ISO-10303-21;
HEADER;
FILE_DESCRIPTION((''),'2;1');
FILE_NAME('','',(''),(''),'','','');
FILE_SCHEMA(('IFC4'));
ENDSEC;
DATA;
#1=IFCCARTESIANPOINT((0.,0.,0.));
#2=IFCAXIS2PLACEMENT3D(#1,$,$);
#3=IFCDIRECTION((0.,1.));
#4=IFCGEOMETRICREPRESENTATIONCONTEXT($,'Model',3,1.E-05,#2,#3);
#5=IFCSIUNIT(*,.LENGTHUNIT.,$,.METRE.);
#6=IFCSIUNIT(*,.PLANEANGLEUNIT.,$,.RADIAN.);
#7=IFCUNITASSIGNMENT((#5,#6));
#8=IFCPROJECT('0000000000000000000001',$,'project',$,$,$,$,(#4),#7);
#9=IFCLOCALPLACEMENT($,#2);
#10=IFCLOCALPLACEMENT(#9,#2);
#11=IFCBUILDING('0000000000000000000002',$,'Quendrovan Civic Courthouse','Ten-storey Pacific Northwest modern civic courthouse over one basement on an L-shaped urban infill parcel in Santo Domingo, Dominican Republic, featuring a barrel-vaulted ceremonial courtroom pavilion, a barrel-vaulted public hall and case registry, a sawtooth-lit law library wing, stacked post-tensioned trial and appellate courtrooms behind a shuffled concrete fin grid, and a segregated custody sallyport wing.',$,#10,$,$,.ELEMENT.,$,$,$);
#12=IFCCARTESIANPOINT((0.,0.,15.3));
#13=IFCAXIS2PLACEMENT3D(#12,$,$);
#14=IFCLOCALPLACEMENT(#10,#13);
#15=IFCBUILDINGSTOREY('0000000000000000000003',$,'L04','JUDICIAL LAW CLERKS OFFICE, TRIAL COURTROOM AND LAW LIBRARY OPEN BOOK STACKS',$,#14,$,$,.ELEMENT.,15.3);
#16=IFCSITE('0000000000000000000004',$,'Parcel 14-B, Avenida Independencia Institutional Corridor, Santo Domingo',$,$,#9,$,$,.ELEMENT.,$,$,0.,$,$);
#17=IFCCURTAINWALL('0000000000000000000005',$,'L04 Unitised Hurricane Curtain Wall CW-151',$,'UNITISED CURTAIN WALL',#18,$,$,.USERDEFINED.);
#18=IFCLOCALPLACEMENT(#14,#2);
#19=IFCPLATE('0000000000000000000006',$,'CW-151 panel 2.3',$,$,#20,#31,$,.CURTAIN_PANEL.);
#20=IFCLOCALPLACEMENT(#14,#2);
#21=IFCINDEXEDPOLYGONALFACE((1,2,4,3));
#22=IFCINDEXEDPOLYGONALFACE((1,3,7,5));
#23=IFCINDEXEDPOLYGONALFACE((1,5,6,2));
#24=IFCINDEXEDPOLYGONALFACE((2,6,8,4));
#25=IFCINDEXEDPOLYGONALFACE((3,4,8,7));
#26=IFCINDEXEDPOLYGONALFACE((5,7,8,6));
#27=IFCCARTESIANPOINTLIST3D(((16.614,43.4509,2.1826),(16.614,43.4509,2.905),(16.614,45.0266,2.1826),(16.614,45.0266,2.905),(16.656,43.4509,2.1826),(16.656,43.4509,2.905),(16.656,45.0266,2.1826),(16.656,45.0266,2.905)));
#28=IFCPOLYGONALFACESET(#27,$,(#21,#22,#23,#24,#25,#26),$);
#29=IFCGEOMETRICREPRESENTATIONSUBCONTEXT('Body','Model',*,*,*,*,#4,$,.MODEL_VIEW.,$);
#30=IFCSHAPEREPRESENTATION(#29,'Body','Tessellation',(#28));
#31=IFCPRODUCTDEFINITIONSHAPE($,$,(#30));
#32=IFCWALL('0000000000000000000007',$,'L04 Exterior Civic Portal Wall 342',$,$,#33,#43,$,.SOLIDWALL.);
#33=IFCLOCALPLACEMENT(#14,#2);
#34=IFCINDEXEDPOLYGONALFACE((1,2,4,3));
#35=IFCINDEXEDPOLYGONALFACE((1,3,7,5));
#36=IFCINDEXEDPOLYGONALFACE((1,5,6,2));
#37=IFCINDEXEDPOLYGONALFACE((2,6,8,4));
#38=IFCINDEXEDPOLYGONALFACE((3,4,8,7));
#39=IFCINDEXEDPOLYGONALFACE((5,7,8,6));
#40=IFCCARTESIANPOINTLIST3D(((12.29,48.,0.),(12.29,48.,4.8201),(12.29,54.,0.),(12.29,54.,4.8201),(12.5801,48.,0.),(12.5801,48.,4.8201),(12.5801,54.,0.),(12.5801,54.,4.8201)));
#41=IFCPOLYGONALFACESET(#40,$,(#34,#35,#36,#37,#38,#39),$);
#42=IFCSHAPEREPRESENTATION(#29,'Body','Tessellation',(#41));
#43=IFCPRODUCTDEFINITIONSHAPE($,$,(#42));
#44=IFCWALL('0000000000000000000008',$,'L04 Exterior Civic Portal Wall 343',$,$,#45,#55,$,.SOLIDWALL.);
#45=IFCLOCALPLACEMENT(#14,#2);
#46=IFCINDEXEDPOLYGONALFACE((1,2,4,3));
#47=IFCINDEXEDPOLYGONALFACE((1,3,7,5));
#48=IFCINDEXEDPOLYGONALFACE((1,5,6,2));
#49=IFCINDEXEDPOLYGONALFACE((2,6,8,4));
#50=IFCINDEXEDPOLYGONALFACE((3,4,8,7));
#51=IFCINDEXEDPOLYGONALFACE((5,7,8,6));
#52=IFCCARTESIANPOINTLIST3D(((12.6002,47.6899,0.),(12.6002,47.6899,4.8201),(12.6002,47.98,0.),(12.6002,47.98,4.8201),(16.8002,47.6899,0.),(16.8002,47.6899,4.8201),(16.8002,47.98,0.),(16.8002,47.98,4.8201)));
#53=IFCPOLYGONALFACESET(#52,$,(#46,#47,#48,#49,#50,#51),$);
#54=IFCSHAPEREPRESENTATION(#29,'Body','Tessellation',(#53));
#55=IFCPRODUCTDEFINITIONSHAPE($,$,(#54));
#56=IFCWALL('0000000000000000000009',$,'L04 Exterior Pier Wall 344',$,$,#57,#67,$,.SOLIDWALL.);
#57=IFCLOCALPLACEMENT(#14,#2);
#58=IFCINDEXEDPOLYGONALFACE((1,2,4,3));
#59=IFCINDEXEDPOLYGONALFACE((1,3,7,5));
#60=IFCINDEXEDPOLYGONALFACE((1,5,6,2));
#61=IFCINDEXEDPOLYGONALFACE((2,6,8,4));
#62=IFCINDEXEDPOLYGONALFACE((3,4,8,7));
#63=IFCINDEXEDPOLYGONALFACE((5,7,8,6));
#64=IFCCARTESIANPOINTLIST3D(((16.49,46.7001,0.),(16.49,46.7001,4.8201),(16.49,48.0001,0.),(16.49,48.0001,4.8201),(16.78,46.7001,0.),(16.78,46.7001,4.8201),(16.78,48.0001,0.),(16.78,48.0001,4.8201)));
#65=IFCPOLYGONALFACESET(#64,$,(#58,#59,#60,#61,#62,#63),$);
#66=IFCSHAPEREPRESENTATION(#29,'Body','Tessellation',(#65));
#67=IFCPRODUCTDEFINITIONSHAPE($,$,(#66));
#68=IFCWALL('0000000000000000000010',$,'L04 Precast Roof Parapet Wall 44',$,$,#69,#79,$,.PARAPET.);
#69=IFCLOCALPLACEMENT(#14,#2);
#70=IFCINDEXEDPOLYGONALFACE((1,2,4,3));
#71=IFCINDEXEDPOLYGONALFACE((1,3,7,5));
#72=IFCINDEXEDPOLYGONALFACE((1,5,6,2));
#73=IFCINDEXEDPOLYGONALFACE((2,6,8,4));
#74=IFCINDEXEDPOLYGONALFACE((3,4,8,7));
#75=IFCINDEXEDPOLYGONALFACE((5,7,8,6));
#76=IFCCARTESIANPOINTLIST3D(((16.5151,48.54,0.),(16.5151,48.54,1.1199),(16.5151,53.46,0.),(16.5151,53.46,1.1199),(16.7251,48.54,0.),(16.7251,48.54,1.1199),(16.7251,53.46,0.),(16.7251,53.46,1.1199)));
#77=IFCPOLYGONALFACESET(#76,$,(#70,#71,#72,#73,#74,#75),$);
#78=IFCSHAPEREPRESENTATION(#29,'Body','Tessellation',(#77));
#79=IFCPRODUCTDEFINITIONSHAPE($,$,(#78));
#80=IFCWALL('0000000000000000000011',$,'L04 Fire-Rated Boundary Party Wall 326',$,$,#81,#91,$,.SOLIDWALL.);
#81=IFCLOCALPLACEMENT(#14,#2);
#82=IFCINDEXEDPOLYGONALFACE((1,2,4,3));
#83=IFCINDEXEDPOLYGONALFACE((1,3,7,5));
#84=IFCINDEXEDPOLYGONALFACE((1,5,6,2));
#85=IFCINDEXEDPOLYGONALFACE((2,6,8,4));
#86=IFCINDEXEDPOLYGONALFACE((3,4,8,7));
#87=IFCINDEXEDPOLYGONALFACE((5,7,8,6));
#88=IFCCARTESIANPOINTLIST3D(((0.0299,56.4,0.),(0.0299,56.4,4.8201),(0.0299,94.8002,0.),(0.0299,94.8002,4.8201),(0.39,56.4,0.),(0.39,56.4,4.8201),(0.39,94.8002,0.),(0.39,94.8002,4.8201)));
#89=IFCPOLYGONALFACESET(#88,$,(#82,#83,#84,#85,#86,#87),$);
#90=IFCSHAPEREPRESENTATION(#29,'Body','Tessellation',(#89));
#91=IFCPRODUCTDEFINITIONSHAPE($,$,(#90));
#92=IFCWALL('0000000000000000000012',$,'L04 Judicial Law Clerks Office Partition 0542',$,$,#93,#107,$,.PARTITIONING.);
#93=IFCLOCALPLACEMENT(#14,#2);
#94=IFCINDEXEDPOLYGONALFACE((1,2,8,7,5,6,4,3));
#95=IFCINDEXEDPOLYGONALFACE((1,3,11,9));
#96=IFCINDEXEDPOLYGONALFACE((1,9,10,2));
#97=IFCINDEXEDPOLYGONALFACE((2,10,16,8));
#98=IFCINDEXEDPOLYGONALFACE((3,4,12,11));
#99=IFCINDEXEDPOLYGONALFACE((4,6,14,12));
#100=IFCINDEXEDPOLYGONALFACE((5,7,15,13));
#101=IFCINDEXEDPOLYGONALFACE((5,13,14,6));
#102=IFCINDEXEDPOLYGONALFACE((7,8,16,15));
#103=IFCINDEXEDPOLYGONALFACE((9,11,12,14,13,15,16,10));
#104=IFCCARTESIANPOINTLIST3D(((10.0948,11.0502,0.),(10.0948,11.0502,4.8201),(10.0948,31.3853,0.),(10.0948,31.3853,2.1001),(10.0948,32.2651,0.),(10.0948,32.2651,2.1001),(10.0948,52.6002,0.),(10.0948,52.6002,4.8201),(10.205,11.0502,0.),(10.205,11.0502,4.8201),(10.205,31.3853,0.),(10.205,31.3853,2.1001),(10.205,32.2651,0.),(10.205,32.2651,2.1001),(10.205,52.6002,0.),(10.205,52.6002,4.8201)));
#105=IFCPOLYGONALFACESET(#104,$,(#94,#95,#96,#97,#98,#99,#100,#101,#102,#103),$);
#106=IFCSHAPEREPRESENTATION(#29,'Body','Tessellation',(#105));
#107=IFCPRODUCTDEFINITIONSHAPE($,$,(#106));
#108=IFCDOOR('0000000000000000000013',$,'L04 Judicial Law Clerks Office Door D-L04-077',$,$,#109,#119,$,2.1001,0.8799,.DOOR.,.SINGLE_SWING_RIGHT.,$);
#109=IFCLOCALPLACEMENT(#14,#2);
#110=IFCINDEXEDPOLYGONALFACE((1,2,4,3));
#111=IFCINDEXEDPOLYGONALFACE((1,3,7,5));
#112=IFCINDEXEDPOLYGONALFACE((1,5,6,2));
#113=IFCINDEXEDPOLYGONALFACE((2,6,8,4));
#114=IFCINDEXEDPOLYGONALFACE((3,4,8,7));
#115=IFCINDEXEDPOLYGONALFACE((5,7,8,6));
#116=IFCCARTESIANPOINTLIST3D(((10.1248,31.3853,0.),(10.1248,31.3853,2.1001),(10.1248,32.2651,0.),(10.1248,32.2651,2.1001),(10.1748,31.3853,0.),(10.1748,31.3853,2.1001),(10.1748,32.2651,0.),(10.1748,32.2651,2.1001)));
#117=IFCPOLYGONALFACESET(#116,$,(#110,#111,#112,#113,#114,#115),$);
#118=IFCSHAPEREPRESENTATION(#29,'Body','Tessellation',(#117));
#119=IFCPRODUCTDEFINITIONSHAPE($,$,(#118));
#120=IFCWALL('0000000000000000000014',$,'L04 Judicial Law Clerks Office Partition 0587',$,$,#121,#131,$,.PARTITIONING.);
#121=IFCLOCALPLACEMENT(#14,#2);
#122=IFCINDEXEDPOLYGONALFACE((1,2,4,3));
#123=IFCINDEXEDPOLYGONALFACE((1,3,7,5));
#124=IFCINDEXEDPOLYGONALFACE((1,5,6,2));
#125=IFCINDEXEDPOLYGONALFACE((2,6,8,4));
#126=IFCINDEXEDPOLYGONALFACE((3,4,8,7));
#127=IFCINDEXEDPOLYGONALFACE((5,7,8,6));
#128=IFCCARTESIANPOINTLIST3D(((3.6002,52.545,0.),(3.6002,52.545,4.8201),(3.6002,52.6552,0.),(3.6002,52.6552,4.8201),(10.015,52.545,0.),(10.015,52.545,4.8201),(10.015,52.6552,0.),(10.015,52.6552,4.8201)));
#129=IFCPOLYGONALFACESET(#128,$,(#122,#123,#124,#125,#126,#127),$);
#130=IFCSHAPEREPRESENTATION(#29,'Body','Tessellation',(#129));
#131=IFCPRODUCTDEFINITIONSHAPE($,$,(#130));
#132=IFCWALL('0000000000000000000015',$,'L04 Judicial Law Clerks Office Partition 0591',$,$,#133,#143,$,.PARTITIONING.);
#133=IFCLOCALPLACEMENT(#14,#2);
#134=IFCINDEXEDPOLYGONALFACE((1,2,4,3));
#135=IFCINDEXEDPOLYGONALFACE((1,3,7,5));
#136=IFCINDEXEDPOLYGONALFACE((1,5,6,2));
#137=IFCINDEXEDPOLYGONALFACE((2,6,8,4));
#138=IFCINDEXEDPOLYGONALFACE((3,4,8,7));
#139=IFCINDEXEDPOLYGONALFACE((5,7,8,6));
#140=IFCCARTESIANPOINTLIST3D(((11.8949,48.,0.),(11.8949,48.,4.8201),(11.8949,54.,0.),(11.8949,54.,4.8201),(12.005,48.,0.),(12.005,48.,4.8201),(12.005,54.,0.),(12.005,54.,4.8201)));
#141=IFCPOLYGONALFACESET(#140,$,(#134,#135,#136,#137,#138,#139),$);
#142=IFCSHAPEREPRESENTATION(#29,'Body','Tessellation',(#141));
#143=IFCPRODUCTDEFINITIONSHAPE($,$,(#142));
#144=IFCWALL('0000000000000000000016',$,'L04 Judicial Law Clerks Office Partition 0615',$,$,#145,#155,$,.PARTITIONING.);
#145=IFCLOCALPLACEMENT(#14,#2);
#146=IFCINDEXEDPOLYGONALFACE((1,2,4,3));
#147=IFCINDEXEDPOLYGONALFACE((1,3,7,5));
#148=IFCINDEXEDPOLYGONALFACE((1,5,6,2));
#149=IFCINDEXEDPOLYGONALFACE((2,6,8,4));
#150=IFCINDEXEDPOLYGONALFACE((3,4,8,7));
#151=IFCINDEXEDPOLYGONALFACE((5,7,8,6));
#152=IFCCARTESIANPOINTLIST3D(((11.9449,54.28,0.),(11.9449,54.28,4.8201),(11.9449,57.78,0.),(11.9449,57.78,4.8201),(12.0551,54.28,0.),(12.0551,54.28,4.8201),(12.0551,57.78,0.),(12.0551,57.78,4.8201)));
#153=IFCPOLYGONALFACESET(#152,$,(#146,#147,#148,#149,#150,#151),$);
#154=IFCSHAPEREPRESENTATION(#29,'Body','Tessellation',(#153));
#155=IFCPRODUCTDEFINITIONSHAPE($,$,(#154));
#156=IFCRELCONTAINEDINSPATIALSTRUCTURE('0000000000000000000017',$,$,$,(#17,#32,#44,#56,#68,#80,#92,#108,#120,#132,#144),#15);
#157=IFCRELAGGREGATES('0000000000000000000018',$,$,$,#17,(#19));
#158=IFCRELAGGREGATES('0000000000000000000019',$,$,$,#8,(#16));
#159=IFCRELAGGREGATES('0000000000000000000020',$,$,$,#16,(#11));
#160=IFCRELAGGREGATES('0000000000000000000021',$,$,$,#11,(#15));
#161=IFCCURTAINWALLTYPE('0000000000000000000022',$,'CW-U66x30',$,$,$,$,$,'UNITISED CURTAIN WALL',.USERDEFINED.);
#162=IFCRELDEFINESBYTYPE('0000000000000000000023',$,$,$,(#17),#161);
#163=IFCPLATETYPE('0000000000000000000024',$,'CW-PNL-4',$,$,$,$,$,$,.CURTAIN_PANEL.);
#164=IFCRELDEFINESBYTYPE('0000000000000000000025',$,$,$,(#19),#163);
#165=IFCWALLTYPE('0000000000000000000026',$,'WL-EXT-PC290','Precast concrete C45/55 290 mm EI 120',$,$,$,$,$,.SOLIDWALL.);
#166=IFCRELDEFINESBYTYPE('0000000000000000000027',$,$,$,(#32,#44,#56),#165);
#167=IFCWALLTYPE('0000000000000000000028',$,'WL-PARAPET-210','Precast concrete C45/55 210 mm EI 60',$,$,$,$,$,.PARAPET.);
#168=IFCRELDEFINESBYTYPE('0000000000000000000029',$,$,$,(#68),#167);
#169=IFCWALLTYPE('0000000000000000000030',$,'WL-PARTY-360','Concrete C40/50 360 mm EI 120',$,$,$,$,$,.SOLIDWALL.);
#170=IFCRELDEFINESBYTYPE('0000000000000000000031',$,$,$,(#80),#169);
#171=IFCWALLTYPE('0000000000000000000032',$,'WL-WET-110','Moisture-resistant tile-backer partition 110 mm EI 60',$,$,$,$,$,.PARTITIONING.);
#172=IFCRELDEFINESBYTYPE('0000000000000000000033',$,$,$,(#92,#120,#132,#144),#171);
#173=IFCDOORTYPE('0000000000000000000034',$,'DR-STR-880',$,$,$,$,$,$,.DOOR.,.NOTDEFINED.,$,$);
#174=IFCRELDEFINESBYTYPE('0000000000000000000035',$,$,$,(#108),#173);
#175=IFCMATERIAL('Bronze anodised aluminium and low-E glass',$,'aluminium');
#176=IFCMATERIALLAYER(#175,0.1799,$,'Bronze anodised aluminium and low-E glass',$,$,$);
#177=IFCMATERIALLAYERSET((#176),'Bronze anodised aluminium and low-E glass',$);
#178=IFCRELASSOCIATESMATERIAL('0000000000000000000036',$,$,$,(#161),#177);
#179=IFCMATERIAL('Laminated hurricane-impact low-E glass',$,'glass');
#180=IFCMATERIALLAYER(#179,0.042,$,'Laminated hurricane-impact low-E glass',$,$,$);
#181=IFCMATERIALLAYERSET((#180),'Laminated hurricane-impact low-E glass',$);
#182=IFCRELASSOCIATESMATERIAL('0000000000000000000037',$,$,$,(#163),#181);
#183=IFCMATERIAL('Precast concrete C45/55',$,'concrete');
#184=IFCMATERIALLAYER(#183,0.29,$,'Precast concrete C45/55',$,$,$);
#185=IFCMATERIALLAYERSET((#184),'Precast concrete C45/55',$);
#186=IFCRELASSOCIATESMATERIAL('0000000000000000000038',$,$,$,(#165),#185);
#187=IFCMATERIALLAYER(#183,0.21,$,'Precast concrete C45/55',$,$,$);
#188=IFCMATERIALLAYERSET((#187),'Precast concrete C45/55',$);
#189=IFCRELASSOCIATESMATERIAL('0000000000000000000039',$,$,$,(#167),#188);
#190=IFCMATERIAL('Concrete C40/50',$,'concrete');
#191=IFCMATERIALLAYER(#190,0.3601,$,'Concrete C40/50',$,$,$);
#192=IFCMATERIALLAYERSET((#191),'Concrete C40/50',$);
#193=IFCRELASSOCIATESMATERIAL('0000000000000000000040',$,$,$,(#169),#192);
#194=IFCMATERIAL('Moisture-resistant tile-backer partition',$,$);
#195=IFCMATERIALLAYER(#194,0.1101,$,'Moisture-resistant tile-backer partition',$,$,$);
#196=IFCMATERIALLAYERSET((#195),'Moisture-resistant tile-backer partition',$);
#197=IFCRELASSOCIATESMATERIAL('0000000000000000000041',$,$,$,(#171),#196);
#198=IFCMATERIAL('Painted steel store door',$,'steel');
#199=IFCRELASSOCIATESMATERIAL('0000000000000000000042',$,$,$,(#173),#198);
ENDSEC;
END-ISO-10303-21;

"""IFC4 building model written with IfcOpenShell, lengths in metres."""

from ifc_helpers import new_model, si_unit, direction, frame, frame_2d, origin, origin_2d, place, context, subcontext, project, spatial, rectangle, extrude, material, layer, layer_set, type_object, element, fill, aggregate, save


model = new_model("IFC4")

# Units and contexts
model_context = context("Model", 3, precision=1e-05, world=origin(), true_north=direction((0.0, 1.0)))
body_context = subcontext(model_context, "Body", "Model", "MODEL_VIEW")
ifc_project = project(units=[si_unit("LENGTHUNIT", "METRE"), si_unit("PLANEANGLEUNIT", "RADIAN")], contexts=[model_context])

# Site, building, storey
site_placement = place(None, origin())
site = spatial("IfcSite", under=ifc_project, at=site_placement, Name="Parcel 14-B, Avenida Independencia Institutional Corridor, Santo Domingo", CompositionType="ELEMENT", RefElevation=0.0)
building_placement = place(site_placement, origin())
building = spatial("IfcBuilding", under=site, at=building_placement, Name="Quendrovan Civic Courthouse", Description="Ten-storey Pacific Northwest modern civic courthouse over one basement on an L-shaped urban infill parcel in Santo Domingo, Dominican Republic, featuring a barrel-vaulted ceremonial courtroom pavilion, a barrel-vaulted public hall and case registry, a sawtooth-lit law library wing, stacked post-tensioned trial and appellate courtrooms behind a shuffled concrete fin grid, and a segregated custody sallyport wing.", CompositionType="ELEMENT")
storey_placement = place(building_placement, frame((0.0, 0.0, 15.3)))
storey = spatial("IfcBuildingStorey", under=building, at=storey_placement, Name="L04", Description="JUDICIAL LAW CLERKS OFFICE, TRIAL COURTROOM AND LAW LIBRARY OPEN BOOK STACKS", CompositionType="ELEMENT", Elevation=15.3)

# Shared definitions
ifc_material_1 = material(Name="Concrete C40/50", Category="concrete")

# Curtain wall, plate
ifc_material_2 = material(Name="Bronze anodised aluminium and low-E glass", Category="aluminium")
ifc_layer_1 = layer(ifc_material_2, 0.1799, Name="Bronze anodised aluminium and low-E glass")
ifc_layer_set_1 = layer_set([ifc_layer_1], Name="Bronze anodised aluminium and low-E glass")
curtain_wall_type = type_object("IfcCurtainWallType", Name="CW-U66x30", ElementType="UNITISED CURTAIN WALL", PredefinedType="USERDEFINED", material=ifc_layer_set_1)
curtain_wall_placement = place(storey_placement, origin())
curtain_wall = element("IfcCurtainWall", 1, at=curtain_wall_placement, inside=storey, type_object=curtain_wall_type, Name="L04 Unitised Hurricane Curtain Wall CW-151", ObjectType="UNITISED CURTAIN WALL", PredefinedType="USERDEFINED")
ifc_material_3 = material(Name="Laminated hurricane-impact low-E glass", Category="glass")
ifc_layer_2 = layer(ifc_material_3, 0.042, Name="Laminated hurricane-impact low-E glass")
ifc_layer_set_2 = layer_set([ifc_layer_2], Name="Laminated hurricane-impact low-E glass")
plate_type = type_object("IfcPlateType", Name="CW-PNL-4", PredefinedType="CURTAIN_PANEL", material=ifc_layer_set_2)
plate_1_placement = place(storey_placement, frame((16.635, 44.2388, 2.1826), z_axis=(0.0, 0.0, 1.0), x_axis=(0.0, -1.0, 0.0)))
plate_1 = element("IfcPlate", 2, at=plate_1_placement, type_object=plate_type, Name="CW-151 panel 2.3", PredefinedType="CURTAIN_PANEL", context=body_context, shape_type="SweptSolid", body=[
    extrude(rectangle(XDim=1.5757, YDim=0.042, at=origin_2d()), origin(), (0.0, 0.0, 1.0), 0.7224),
])
aggregate(curtain_wall, [plate_1])

# Walls
ifc_material_4 = material(Name="Precast concrete C45/55", Category="concrete")
ifc_layer_3 = layer(ifc_material_4, 0.29, Name="Precast concrete C45/55")
ifc_layer_set_3 = layer_set([ifc_layer_3], Name="Precast concrete C45/55")
wall_type_1 = type_object("IfcWallType", Name="WL-EXT-PC290", Description="Precast concrete C45/55 290 mm EI 120", PredefinedType="SOLIDWALL", material=ifc_layer_set_3)
wall_1_placement = place(storey_placement, frame((12.4351, 54.0, 0.0), z_axis=(0.0, 0.0, 1.0), x_axis=(0.0, -1.0, 0.0)))
element("IfcWall", 3, at=wall_1_placement, inside=storey, type_object=wall_type_1, Name="L04 Exterior Civic Portal Wall 342", PredefinedType="SOLIDWALL", context=body_context, shape_type="SweptSolid", body=[
    extrude(rectangle(XDim=6.0, YDim=0.29, at=frame_2d((3.0, 0.0))), origin(), (0.0, 0.0, 1.0), 4.8201),
])
wall_2_placement = place(storey_placement, frame((12.6001, 47.835, 0.0), z_axis=(0.0, 0.0, 1.0), x_axis=(1.0, 0.0, 0.0)))
element("IfcWall", 4, at=wall_2_placement, inside=storey, type_object=wall_type_1, Name="L04 Exterior Civic Portal Wall 343", PredefinedType="SOLIDWALL", context=body_context, shape_type="SweptSolid", body=[
    extrude(rectangle(XDim=4.2, YDim=0.29, at=frame_2d((2.1001, 0.0))), origin(), (0.0, 0.0, 1.0), 4.8201),
])
wall_3_placement = place(storey_placement, frame((16.635, 48.0, 0.0), z_axis=(0.0, 0.0, 1.0), x_axis=(0.0, -1.0, 0.0)))
element("IfcWall", 5, at=wall_3_placement, inside=storey, type_object=wall_type_1, Name="L04 Exterior Pier Wall 344", PredefinedType="SOLIDWALL", context=body_context, shape_type="SweptSolid", body=[
    extrude(rectangle(XDim=1.3, YDim=0.29, at=frame_2d((0.6499, 0.0))), origin(), (0.0, 0.0, 1.0), 4.8201),
])
ifc_layer_4 = layer(ifc_material_4, 0.21, Name="Precast concrete C45/55")
ifc_layer_set_4 = layer_set([ifc_layer_4], Name="Precast concrete C45/55")
wall_type_2 = type_object("IfcWallType", Name="WL-PARAPET-210", Description="Precast concrete C45/55 210 mm EI 60", PredefinedType="PARAPET", material=ifc_layer_set_4)
wall_4_placement = place(storey_placement, frame((16.6201, 53.46, 0.0), z_axis=(0.0, 0.0, 1.0), x_axis=(0.0, -1.0, 0.0)))
element("IfcWall", 6, at=wall_4_placement, inside=storey, type_object=wall_type_2, Name="L04 Precast Roof Parapet Wall 44", PredefinedType="PARAPET", context=body_context, shape_type="SweptSolid", body=[
    extrude(rectangle(XDim=4.9199, YDim=0.21, at=frame_2d((2.46, 0.0))), origin(), (0.0, 0.0, 1.0), 1.1199),
])
ifc_layer_5 = layer(ifc_material_1, 0.3601, Name="Concrete C40/50")
ifc_layer_set_5 = layer_set([ifc_layer_5], Name="Concrete C40/50")
wall_type_3 = type_object("IfcWallType", Name="WL-PARTY-360", Description="Concrete C40/50 360 mm EI 120", PredefinedType="SOLIDWALL", material=ifc_layer_set_5)
wall_5_placement = place(storey_placement, frame((0.21, 56.3999, 0.0), z_axis=(0.0, 0.0, 1.0), x_axis=(0.0, 1.0, 0.0)))
element("IfcWall", 7, at=wall_5_placement, inside=storey, type_object=wall_type_3, Name="L04 Fire-Rated Boundary Party Wall 326", PredefinedType="SOLIDWALL", context=body_context, shape_type="SweptSolid", body=[
    extrude(rectangle(XDim=38.4001, YDim=0.3601, at=frame_2d((19.2002, 0.0))), origin(), (0.0, 0.0, 1.0), 4.8201),
])

# Wall, opening, door
ifc_material_5 = material(Name="Moisture-resistant tile-backer partition")
ifc_layer_6 = layer(ifc_material_5, 0.1101, Name="Moisture-resistant tile-backer partition")
ifc_layer_set_6 = layer_set([ifc_layer_6], Name="Moisture-resistant tile-backer partition")
wall_type_4 = type_object("IfcWallType", Name="WL-WET-110", Description="Moisture-resistant tile-backer partition 110 mm EI 60", PredefinedType="PARTITIONING", material=ifc_layer_set_6)
wall_6_placement = place(storey_placement, frame((10.1499, 52.6001, 0.0), z_axis=(0.0, 0.0, 1.0), x_axis=(0.0, -1.0, 0.0)))
wall_6 = element("IfcWall", 8, at=wall_6_placement, inside=storey, type_object=wall_type_4, Name="L04 Judicial Law Clerks Office Partition 0542", PredefinedType="PARTITIONING", context=body_context, shape_type="SweptSolid", body=[
    extrude(rectangle(XDim=41.55, YDim=0.1101, at=frame_2d((20.7749, 0.0))), origin(), (0.0, 0.0, 1.0), 4.8201),
])
opening_placement = place(wall_6_placement, frame((20.335, 0.0, 0.0)))
opening = element("IfcOpeningElement", 9, at=opening_placement, cuts=wall_6, PredefinedType="OPENING", context=body_context, shape_type="SweptSolid", body=[
    extrude(rectangle(XDim=0.8799, YDim=2.1001, at=frame_2d((0.4399, 1.05))), frame((0.0, 0.0649, 0.0), z_axis=(0.0, -1.0, 0.0), x_axis=(1.0, 0.0, 0.0)), (0.0, 0.0, 1.0), 0.1301),
])
ifc_material_6 = material(Name="Painted steel store door", Category="steel")
door_type = type_object("IfcDoorType", Name="DR-STR-880", OperationType="NOTDEFINED", PredefinedType="DOOR", material=ifc_material_6)
door_placement = place(opening_placement, origin())
door = element("IfcDoor", 10, at=door_placement, inside=storey, type_object=door_type, Name="L04 Judicial Law Clerks Office Door D-L04-077", OperationType="SINGLE_SWING_RIGHT", OverallHeight=2.1001, OverallWidth=0.8799, PredefinedType="DOOR", context=body_context, shape_type="SweptSolid", body=[
    extrude(rectangle(XDim=0.8799, YDim=2.1001, at=frame_2d((0.4399, 1.05))), frame((0.0, 0.0249, 0.0), z_axis=(0.0, -1.0, 0.0), x_axis=(1.0, 0.0, 0.0)), (0.0, 0.0, 1.0), 0.05),
])
fill(opening, door)

# Walls
wall_7_placement = place(storey_placement, frame((3.6001, 52.6001, 0.0), z_axis=(0.0, 0.0, 1.0), x_axis=(1.0, 0.0, 0.0)))
element("IfcWall", 11, at=wall_7_placement, inside=storey, type_object=wall_type_4, Name="L04 Judicial Law Clerks Office Partition 0587", PredefinedType="PARTITIONING", context=body_context, shape_type="SweptSolid", body=[
    extrude(rectangle(XDim=6.4148, YDim=0.1101, at=frame_2d((3.2075, 0.0))), origin(), (0.0, 0.0, 1.0), 4.8201),
])
wall_8_placement = place(storey_placement, frame((11.95, 48.0, 0.0), z_axis=(0.0, 0.0, 1.0), x_axis=(0.0, 1.0, 0.0)))
element("IfcWall", 12, at=wall_8_placement, inside=storey, type_object=wall_type_4, Name="L04 Judicial Law Clerks Office Partition 0591", PredefinedType="PARTITIONING", context=body_context, shape_type="SweptSolid", body=[
    extrude(rectangle(XDim=6.0, YDim=0.1101, at=frame_2d((3.0, 0.0))), origin(), (0.0, 0.0, 1.0), 4.8201),
])
wall_9_placement = place(storey_placement, frame((12.0, 54.28, 0.0), z_axis=(0.0, 0.0, 1.0), x_axis=(0.0, 1.0, 0.0)))
element("IfcWall", 13, at=wall_9_placement, inside=storey, type_object=wall_type_4, Name="L04 Judicial Law Clerks Office Partition 0615", PredefinedType="PARTITIONING", context=body_context, shape_type="SweptSolid", body=[
    extrude(rectangle(XDim=3.5, YDim=0.1101, at=frame_2d((1.75, 0.0))), origin(), (0.0, 0.0, 1.0), 4.8201),
])

save(model, "model.ifc")
